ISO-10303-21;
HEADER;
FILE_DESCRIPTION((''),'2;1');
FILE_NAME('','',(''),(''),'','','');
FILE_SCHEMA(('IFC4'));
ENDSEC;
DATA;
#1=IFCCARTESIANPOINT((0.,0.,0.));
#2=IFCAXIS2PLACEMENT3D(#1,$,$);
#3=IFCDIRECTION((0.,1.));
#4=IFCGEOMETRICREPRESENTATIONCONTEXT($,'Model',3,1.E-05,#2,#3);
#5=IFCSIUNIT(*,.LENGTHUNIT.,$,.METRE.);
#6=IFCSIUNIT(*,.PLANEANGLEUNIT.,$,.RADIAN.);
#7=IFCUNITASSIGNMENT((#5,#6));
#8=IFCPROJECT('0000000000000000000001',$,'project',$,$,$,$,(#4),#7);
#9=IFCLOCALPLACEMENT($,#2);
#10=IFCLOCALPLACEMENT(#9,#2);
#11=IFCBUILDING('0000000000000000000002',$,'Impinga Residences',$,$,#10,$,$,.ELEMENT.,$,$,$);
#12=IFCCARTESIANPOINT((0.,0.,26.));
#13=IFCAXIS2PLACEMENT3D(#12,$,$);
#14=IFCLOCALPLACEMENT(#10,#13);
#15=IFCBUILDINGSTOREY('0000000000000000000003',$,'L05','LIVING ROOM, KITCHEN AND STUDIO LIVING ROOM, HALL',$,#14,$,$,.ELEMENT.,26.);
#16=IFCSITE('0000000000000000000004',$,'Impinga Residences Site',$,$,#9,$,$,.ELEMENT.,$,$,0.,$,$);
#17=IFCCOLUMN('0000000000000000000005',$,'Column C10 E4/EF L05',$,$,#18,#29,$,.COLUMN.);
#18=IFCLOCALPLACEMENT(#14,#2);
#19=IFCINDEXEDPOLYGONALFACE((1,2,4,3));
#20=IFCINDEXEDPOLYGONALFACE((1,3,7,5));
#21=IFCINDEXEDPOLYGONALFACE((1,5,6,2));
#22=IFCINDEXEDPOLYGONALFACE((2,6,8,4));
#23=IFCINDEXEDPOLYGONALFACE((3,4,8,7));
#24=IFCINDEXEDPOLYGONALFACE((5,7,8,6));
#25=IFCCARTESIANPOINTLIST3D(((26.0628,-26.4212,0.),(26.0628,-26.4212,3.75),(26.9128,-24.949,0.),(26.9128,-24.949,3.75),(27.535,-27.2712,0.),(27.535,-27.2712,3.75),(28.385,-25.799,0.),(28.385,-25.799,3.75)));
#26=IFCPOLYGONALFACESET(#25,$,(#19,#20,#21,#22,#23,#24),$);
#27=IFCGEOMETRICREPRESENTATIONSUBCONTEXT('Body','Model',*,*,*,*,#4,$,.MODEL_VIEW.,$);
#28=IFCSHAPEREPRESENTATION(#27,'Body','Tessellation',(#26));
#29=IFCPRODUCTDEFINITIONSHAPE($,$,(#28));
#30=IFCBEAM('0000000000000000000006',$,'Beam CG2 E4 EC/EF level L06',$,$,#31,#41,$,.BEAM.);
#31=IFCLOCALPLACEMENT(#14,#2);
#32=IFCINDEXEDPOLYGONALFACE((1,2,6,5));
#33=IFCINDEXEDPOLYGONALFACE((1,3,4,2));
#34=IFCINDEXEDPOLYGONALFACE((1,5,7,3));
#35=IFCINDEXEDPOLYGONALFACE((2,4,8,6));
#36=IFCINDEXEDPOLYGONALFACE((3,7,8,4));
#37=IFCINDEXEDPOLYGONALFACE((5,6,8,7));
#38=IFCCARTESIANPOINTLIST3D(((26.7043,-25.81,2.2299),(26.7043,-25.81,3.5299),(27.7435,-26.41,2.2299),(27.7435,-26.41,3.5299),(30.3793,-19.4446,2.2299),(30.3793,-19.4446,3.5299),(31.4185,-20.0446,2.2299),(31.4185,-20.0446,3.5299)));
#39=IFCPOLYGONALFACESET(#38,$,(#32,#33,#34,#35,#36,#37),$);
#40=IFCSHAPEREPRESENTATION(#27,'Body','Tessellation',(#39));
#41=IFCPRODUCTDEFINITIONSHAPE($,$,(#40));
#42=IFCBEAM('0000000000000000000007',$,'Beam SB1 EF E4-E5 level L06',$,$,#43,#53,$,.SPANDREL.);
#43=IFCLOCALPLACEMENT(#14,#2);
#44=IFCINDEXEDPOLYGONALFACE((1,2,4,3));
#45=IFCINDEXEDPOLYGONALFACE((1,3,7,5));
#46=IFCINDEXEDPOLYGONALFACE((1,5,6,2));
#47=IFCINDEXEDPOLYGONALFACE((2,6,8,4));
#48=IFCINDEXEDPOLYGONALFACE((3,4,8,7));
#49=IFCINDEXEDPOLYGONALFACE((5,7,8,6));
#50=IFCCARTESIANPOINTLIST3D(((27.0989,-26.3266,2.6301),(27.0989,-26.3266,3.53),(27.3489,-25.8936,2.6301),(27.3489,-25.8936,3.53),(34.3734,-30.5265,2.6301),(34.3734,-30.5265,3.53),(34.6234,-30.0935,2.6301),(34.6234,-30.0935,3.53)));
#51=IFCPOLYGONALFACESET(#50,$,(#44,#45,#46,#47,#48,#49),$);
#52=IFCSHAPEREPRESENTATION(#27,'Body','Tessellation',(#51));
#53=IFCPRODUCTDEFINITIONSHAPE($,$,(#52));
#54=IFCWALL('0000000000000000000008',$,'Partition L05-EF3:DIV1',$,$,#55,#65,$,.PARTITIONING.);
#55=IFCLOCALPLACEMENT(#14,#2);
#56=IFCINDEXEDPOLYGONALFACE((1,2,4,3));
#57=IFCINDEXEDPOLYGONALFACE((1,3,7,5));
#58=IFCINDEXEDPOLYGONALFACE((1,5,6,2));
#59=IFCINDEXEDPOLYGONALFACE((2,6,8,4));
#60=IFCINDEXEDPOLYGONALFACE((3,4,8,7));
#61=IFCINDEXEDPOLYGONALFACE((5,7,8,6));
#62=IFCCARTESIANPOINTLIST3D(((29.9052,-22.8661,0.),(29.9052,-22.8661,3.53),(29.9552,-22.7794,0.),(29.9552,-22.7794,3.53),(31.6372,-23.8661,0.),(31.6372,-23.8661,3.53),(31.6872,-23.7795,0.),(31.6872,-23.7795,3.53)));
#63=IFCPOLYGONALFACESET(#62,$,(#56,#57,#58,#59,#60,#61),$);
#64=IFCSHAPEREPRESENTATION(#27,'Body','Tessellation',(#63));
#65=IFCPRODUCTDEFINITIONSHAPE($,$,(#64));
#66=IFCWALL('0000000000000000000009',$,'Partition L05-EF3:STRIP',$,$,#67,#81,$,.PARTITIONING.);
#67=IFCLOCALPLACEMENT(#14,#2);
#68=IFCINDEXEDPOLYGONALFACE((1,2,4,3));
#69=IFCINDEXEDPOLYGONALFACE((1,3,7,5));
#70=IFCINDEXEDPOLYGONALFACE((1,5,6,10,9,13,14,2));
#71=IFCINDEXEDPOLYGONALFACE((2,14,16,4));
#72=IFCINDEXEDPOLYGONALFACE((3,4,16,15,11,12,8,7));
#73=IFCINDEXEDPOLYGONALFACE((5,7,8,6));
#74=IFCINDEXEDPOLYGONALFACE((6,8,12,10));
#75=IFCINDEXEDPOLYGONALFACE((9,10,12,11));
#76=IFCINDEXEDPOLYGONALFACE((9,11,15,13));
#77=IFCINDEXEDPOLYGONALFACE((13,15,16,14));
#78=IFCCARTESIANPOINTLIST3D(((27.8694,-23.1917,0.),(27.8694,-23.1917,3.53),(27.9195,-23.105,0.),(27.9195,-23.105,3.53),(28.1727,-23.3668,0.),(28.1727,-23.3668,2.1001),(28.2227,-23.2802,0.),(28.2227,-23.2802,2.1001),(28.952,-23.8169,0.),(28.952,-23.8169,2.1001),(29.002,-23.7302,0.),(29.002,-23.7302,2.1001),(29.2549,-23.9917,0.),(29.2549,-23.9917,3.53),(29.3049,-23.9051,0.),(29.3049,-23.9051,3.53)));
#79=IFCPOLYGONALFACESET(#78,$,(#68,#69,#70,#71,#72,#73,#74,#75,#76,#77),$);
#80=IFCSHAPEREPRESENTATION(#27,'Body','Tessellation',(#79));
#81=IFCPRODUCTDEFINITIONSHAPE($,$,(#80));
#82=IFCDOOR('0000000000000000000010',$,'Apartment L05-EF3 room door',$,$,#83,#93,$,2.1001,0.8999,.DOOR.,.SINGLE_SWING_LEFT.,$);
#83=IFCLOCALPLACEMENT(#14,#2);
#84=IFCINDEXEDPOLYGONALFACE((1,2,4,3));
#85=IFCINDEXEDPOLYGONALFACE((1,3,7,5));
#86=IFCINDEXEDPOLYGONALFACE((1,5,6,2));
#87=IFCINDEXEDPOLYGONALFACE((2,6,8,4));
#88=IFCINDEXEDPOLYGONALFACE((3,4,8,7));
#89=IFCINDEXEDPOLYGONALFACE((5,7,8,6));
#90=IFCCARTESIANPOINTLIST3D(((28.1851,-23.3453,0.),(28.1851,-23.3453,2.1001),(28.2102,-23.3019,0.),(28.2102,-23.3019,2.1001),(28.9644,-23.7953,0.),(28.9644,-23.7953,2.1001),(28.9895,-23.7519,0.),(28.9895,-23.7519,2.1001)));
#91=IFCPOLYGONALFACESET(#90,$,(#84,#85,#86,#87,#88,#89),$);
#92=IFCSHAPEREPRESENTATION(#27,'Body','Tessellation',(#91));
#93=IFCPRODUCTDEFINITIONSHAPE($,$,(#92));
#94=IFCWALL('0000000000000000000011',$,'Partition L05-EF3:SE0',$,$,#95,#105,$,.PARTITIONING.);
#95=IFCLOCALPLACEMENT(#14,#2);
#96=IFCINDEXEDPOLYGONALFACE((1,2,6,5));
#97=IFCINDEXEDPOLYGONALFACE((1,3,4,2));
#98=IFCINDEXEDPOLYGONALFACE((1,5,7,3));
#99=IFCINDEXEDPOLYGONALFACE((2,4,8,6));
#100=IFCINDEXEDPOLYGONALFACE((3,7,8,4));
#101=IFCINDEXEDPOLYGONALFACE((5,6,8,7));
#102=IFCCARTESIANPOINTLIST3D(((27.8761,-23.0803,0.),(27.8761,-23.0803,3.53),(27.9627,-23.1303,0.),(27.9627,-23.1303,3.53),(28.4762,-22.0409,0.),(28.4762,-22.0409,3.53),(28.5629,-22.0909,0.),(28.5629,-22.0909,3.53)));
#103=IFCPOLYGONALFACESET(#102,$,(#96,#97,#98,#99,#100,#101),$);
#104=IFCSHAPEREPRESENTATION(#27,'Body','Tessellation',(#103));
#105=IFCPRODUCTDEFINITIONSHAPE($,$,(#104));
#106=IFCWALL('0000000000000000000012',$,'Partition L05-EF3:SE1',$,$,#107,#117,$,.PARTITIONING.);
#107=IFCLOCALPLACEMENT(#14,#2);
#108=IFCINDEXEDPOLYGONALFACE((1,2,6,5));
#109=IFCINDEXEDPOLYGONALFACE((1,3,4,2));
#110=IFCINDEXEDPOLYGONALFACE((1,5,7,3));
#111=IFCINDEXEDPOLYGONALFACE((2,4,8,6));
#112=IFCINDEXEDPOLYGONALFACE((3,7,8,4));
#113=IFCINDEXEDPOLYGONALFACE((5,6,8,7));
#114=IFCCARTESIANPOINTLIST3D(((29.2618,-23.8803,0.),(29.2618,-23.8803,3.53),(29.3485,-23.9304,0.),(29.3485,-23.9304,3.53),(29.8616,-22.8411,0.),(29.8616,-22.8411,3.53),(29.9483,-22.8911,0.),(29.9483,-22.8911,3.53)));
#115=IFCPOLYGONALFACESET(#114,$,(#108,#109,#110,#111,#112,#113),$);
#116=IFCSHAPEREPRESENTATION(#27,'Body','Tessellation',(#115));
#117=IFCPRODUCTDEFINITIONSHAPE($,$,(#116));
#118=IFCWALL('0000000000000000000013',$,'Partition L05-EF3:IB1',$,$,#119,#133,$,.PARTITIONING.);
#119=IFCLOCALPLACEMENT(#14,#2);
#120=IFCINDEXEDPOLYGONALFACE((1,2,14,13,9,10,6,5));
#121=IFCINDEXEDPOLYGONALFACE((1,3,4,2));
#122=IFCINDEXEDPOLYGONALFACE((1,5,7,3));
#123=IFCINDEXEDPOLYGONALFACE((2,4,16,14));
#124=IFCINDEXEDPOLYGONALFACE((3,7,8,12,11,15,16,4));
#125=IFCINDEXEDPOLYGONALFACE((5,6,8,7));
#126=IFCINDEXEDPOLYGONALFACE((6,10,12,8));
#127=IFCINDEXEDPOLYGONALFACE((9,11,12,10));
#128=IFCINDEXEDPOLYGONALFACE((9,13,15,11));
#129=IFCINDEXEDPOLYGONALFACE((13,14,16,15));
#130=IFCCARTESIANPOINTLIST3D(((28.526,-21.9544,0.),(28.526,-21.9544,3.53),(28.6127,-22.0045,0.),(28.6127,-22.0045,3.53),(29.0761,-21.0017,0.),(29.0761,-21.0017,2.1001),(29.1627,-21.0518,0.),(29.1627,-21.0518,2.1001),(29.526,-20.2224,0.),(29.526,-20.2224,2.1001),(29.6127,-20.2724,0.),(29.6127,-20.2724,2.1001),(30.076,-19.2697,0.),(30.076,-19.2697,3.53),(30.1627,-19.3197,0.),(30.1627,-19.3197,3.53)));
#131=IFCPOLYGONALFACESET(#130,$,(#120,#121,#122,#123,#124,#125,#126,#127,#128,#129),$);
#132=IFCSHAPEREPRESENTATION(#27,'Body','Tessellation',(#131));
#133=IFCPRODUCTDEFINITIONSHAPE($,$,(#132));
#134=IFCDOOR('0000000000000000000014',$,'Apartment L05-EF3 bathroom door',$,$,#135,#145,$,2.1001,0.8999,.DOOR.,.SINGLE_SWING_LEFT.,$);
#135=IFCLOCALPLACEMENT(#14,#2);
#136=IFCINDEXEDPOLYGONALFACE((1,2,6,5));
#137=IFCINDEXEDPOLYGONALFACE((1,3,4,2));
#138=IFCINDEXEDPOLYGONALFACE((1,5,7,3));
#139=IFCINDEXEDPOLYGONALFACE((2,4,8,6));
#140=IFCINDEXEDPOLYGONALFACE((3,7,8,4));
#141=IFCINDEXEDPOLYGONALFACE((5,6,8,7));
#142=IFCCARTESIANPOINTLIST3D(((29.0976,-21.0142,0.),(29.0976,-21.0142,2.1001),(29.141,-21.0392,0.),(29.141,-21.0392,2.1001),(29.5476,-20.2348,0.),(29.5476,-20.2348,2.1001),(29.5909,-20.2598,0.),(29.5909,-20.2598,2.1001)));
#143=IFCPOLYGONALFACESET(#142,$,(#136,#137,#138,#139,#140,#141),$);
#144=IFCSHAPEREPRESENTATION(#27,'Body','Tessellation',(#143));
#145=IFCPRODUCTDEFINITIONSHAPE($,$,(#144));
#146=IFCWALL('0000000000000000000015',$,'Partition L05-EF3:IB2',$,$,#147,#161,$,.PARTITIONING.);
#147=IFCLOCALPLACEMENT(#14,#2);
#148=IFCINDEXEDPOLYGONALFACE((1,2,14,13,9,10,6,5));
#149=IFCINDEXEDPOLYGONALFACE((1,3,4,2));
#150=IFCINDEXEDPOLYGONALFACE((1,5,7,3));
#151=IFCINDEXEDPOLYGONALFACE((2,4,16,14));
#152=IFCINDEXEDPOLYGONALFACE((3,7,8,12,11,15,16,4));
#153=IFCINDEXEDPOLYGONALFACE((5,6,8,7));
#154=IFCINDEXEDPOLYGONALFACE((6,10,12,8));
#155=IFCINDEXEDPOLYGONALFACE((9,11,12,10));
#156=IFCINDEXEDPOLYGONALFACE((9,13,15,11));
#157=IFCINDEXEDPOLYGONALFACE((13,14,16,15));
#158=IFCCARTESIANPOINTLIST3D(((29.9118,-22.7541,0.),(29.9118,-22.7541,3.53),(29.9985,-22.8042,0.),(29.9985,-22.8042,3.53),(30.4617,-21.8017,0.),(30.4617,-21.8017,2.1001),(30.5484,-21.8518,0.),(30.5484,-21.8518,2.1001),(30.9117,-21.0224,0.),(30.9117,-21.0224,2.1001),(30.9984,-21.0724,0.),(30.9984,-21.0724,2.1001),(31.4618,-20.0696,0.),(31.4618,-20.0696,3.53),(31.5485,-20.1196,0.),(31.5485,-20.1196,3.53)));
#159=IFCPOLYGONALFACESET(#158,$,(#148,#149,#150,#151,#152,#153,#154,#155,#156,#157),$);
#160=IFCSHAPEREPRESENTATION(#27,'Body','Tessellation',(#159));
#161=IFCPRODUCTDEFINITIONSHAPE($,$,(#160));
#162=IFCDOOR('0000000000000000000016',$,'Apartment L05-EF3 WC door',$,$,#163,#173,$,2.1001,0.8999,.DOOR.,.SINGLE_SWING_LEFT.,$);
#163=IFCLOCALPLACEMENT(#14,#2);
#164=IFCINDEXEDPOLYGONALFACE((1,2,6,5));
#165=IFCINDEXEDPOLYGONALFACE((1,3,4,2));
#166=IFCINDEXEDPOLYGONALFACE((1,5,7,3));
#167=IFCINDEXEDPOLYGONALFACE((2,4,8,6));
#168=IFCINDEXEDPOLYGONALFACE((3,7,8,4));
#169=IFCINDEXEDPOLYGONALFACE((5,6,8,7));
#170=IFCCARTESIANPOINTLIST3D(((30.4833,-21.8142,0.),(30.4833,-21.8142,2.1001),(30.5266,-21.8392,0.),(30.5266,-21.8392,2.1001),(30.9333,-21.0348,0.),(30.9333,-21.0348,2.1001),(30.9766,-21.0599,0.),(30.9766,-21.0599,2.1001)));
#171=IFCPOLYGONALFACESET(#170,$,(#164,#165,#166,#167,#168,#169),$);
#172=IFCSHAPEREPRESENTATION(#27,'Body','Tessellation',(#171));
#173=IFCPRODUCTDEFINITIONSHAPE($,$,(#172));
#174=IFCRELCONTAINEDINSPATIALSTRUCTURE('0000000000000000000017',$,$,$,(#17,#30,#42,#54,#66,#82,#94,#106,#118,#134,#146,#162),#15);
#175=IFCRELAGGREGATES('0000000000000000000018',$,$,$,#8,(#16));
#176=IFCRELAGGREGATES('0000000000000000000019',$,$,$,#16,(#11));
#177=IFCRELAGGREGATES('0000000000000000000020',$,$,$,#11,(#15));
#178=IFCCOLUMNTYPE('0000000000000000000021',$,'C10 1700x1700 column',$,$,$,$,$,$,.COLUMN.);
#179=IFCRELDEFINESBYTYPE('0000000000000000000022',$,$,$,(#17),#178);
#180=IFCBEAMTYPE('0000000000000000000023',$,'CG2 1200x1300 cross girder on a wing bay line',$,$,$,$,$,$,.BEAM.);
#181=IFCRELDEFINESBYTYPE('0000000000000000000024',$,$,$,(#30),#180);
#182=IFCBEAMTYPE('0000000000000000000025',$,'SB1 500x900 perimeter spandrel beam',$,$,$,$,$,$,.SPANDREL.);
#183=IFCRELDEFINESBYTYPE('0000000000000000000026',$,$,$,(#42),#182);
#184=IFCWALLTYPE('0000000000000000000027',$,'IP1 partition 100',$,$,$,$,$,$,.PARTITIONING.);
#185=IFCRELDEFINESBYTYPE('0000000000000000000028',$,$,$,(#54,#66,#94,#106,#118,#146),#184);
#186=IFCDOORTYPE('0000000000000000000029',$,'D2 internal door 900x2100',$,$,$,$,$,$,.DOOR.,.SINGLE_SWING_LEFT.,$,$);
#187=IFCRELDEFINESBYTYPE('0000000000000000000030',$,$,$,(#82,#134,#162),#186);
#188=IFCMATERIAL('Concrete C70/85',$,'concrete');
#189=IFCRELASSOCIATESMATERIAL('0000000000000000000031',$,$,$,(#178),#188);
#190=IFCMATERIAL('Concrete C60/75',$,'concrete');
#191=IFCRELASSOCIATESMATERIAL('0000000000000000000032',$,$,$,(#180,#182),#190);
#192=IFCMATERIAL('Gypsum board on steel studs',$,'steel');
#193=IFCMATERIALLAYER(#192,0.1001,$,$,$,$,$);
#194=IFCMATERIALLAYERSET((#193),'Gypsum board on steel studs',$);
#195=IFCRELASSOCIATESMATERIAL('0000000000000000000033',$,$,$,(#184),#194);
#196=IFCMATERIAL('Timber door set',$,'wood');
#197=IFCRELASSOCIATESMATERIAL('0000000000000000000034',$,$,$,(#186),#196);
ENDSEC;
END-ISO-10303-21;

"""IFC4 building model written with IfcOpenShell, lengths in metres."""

from ifc_helpers import new_model, si_unit, direction, frame, frame_2d, origin, origin_2d, place, context, subcontext, project, spatial, rectangle, extrude, material, layer, layer_set, material_profile, profile_set, type_object, element, fill, save


model = new_model("IFC4")

# Units and contexts
model_context = context("Model", 3, precision=1e-05, world=origin(), true_north=direction((0.0, 1.0)))
body_context = subcontext(model_context, "Body", "Model", "MODEL_VIEW")
ifc_project = project(units=[si_unit("LENGTHUNIT", "METRE"), si_unit("PLANEANGLEUNIT", "RADIAN")], contexts=[model_context])

# Site, building, storey
site_placement = place(None, origin())
site = spatial("IfcSite", under=ifc_project, at=site_placement, Name="Impinga Residences Site", CompositionType="ELEMENT", RefElevation=0.0)
building_placement = place(site_placement, origin())
building = spatial("IfcBuilding", under=site, at=building_placement, Name="Impinga Residences", CompositionType="ELEMENT")
storey_placement = place(building_placement, frame((0.0, 0.0, 26.0)))
storey = spatial("IfcBuildingStorey", under=building, at=storey_placement, Name="L05", Description="LIVING ROOM, KITCHEN AND STUDIO LIVING ROOM, HALL", CompositionType="ELEMENT", Elevation=26.0)

# Column
ifc_material_1 = material(Name="Concrete C70/85", Category="concrete")
ifc_material_profile_1 = material_profile(ifc_material_1, rectangle(XDim=1.7, YDim=1.7, at=origin_2d()), Name="RC 1700x1700")
ifc_profile_set_1 = profile_set([ifc_material_profile_1], Name="Concrete C70/85")
column_type = type_object("IfcColumnType", Name="C10 1700x1700 column", PredefinedType="COLUMN", material=ifc_profile_set_1)
column_placement = place(storey_placement, frame((27.2239, -26.1101, 0.0), z_axis=(0.0, 0.0, 1.0), x_axis=(-0.5, -0.866025, 0.0)))
element("IfcColumn", 1, at=column_placement, inside=storey, type_object=column_type, Name="Column C10 E4/EF L05", PredefinedType="COLUMN", context=body_context, shape_type="SweptSolid", body=[
    extrude(rectangle(XDim=1.7, YDim=1.7, at=origin_2d()), origin(), (0.0, 0.0, 1.0), 3.75),
])

# Beams
ifc_material_2 = material(Name="Concrete C60/75", Category="concrete")
ifc_material_profile_2 = material_profile(ifc_material_2, rectangle(XDim=1.2, YDim=1.3, at=origin_2d()), Name="RC 1200x1300")
ifc_profile_set_2 = profile_set([ifc_material_profile_2], Name="Concrete C60/75")
beam_type_1 = type_object("IfcBeamType", Name="CG2 1200x1300 cross girder on a wing bay line", PredefinedType="BEAM", material=ifc_profile_set_2)
beam_1_placement = place(storey_placement, frame((30.8989, -19.7446, 2.8799), z_axis=(-0.499994, -0.866029, 0.0), x_axis=(0.866029, -0.499994, 0.0)))
element("IfcBeam", 2, at=beam_1_placement, inside=storey, type_object=beam_type_1, Name="Beam CG2 E4 EC/EF level L06", PredefinedType="BEAM", context=body_context, shape_type="SweptSolid", body=[
    extrude(rectangle(XDim=1.2, YDim=1.3, at=origin_2d()), origin(), (0.0, 0.0, 1.0), 7.3501),
])
ifc_material_profile_3 = material_profile(ifc_material_2, rectangle(XDim=0.5, YDim=0.8999, at=origin_2d()), Name="RC 500x900")
ifc_profile_set_3 = profile_set([ifc_material_profile_3], Name="Concrete C60/75")
beam_type_2 = type_object("IfcBeamType", Name="SB1 500x900 perimeter spandrel beam", PredefinedType="SPANDREL", material=ifc_profile_set_3)
beam_2_placement = place(storey_placement, frame((27.2239, -26.1101, 3.0801), z_axis=(0.866029, -0.499993, 0.0), x_axis=(0.499993, 0.866029, 0.0)))
element("IfcBeam", 3, at=beam_2_placement, inside=storey, type_object=beam_type_2, Name="Beam SB1 EF E4-E5 level L06", PredefinedType="SPANDREL", context=body_context, shape_type="SweptSolid", body=[
    extrude(rectangle(XDim=0.5, YDim=0.8999, at=origin_2d()), origin(), (0.0, 0.0, 1.0), 8.3999),
])

# Wall
ifc_material_3 = material(Name="Gypsum board on steel studs", Category="steel")
ifc_layer_1 = layer(ifc_material_3, 0.1001)
ifc_layer_set_1 = layer_set([ifc_layer_1], Name="Gypsum board on steel studs")
wall_type_1 = type_object("IfcWallType", Name="IP1 partition 100", PredefinedType="PARTITIONING", material=ifc_layer_set_1)
wall_1_placement = place(storey_placement, frame((29.9302, -22.8228, 0.0), z_axis=(0.0, 0.0, 1.0), x_axis=(0.866011, -0.500025, 0.0)))
element("IfcWall", 4, at=wall_1_placement, inside=storey, type_object=wall_type_1, Name="Partition L05-EF3:DIV1", PredefinedType="PARTITIONING", context=body_context, shape_type="SweptSolid", body=[
    extrude(rectangle(XDim=2.0, YDim=0.1001, at=frame_2d((1.0, 0.0))), origin(), (0.0, 0.0, 1.0), 3.53),
])

# Wall, opening, door
wall_2_placement = place(storey_placement, frame((27.8945, -23.1484, 0.0), z_axis=(0.0, 0.0, 1.0), x_axis=(0.86599, -0.500061, 0.0)))
wall_2 = element("IfcWall", 5, at=wall_2_placement, inside=storey, type_object=wall_type_1, Name="Partition L05-EF3:STRIP", PredefinedType="PARTITIONING", context=body_context, shape_type="SweptSolid", body=[
    extrude(rectangle(XDim=1.5999, YDim=0.1001, at=frame_2d((0.7998, 0.0))), origin(), (0.0, 0.0, 1.0), 3.53),
])
opening_1_placement = place(wall_2_placement, frame((0.3501, 0.0, 0.0)))
opening_1 = element("IfcOpeningElement", 6, at=opening_1_placement, cuts=wall_2, PredefinedType="OPENING", context=body_context, shape_type="SweptSolid", body=[
    extrude(rectangle(XDim=0.8999, YDim=2.1001, at=frame_2d((0.45, 1.05))), frame((0.0, 0.0601, 0.0), z_axis=(0.0, -1.0, 0.0), x_axis=(1.0, 0.0, 0.0)), (0.0, 0.0, 1.0), 0.1201),
])
ifc_material_4 = material(Name="Timber door set", Category="wood")
door_type = type_object("IfcDoorType", Name="D2 internal door 900x2100", OperationType="SINGLE_SWING_LEFT", PredefinedType="DOOR", material=ifc_material_4)
door_1_placement = place(opening_1_placement, origin())
door_1 = element("IfcDoor", 7, at=door_1_placement, inside=storey, type_object=door_type, Name="Apartment L05-EF3 room door", OperationType="SINGLE_SWING_LEFT", OverallHeight=2.1001, OverallWidth=0.8999, PredefinedType="DOOR", context=body_context, shape_type="SweptSolid", body=[
    extrude(rectangle(XDim=0.8999, YDim=2.1001, at=frame_2d((0.45, 1.05))), frame((0.0, 0.0249, 0.0), z_axis=(0.0, -1.0, 0.0), x_axis=(1.0, 0.0, 0.0)), (0.0, 0.0, 1.0), 0.05),
])
fill(opening_1, door_1)

# Walls
wall_3_placement = place(storey_placement, frame((28.5195, -22.0659, 0.0), z_axis=(0.0, 0.0, 1.0), x_axis=(-0.500034, -0.866006, 0.0)))
element("IfcWall", 8, at=wall_3_placement, inside=storey, type_object=wall_type_1, Name="Partition L05-EF3:SE0", PredefinedType="PARTITIONING", context=body_context, shape_type="SweptSolid", body=[
    extrude(rectangle(XDim=1.2002, YDim=0.1001, at=frame_2d((0.6001, 0.0))), origin(), (0.0, 0.0, 1.0), 3.53),
])
wall_4_placement = place(storey_placement, frame((29.905, -22.866, 0.0), z_axis=(0.0, 0.0, 1.0), x_axis=(-0.499881, -0.866094, 0.0)))
element("IfcWall", 9, at=wall_4_placement, inside=storey, type_object=wall_type_1, Name="Partition L05-EF3:SE1", PredefinedType="PARTITIONING", context=body_context, shape_type="SweptSolid", body=[
    extrude(rectangle(XDim=1.2, YDim=0.1001, at=frame_2d((0.6001, 0.0))), origin(), (0.0, 0.0, 1.0), 3.53),
])

# Walls, openings, doors
wall_5_placement = place(storey_placement, frame((30.1194, -19.2947, 0.0), z_axis=(0.0, 0.0, 1.0), x_axis=(-0.499993, -0.86603, 0.0)))
wall_5 = element("IfcWall", 10, at=wall_5_placement, inside=storey, type_object=wall_type_1, Name="Partition L05-EF3:IB1", PredefinedType="PARTITIONING", context=body_context, shape_type="SweptSolid", body=[
    extrude(rectangle(XDim=3.1001, YDim=0.1001, at=frame_2d((1.55, 0.0))), origin(), (0.0, 0.0, 1.0), 3.53),
])
opening_2_placement = place(wall_5_placement, frame((1.1001, 0.0, 0.0)))
opening_2 = element("IfcOpeningElement", 11, at=opening_2_placement, cuts=wall_5, PredefinedType="OPENING", context=body_context, shape_type="SweptSolid", body=[
    extrude(rectangle(XDim=0.8999, YDim=2.1001, at=frame_2d((0.45, 1.05))), frame((0.0, 0.0601, 0.0), z_axis=(0.0, -1.0, 0.0), x_axis=(1.0, 0.0, 0.0)), (0.0, 0.0, 1.0), 0.1201),
])
door_2_placement = place(opening_2_placement, origin())
door_2 = element("IfcDoor", 12, at=door_2_placement, inside=storey, type_object=door_type, Name="Apartment L05-EF3 bathroom door", OperationType="SINGLE_SWING_LEFT", OverallHeight=2.1001, OverallWidth=0.8999, PredefinedType="DOOR", context=body_context, shape_type="SweptSolid", body=[
    extrude(rectangle(XDim=0.8999, YDim=2.1001, at=frame_2d((0.45, 1.05))), frame((0.0, 0.0249, 0.0), z_axis=(0.0, -1.0, 0.0), x_axis=(1.0, 0.0, 0.0)), (0.0, 0.0, 1.0), 0.05),
])
fill(opening_2, door_2)
wall_6_placement = place(storey_placement, frame((31.5051, -20.0947, 0.0), z_axis=(0.0, 0.0, 1.0), x_axis=(-0.500027, -0.86601, 0.0)))
wall_6 = element("IfcWall", 13, at=wall_6_placement, inside=storey, type_object=wall_type_1, Name="Partition L05-EF3:IB2", PredefinedType="PARTITIONING", context=body_context, shape_type="SweptSolid", body=[
    extrude(rectangle(XDim=3.0999, YDim=0.1001, at=frame_2d((1.5498, 0.0))), origin(), (0.0, 0.0, 1.0), 3.53),
])
opening_3_placement = place(wall_6_placement, frame((1.1001, 0.0, 0.0)))
opening_3 = element("IfcOpeningElement", 14, at=opening_3_placement, cuts=wall_6, PredefinedType="OPENING", context=body_context, shape_type="SweptSolid", body=[
    extrude(rectangle(XDim=0.8999, YDim=2.1001, at=frame_2d((0.45, 1.05))), frame((0.0, 0.0601, 0.0), z_axis=(0.0, -1.0, 0.0), x_axis=(1.0, 0.0, 0.0)), (0.0, 0.0, 1.0), 0.1201),
])
door_3_placement = place(opening_3_placement, origin())
door_3 = element("IfcDoor", 15, at=door_3_placement, inside=storey, type_object=door_type, Name="Apartment L05-EF3 WC door", OperationType="SINGLE_SWING_LEFT", OverallHeight=2.1001, OverallWidth=0.8999, PredefinedType="DOOR", context=body_context, shape_type="SweptSolid", body=[
    extrude(rectangle(XDim=0.8999, YDim=2.1001, at=frame_2d((0.45, 1.05))), frame((0.0, 0.0249, 0.0), z_axis=(0.0, -1.0, 0.0), x_axis=(1.0, 0.0, 0.0)), (0.0, 0.0, 1.0), 0.05),
])
fill(opening_3, door_3)

save(model, "model.ifc")
